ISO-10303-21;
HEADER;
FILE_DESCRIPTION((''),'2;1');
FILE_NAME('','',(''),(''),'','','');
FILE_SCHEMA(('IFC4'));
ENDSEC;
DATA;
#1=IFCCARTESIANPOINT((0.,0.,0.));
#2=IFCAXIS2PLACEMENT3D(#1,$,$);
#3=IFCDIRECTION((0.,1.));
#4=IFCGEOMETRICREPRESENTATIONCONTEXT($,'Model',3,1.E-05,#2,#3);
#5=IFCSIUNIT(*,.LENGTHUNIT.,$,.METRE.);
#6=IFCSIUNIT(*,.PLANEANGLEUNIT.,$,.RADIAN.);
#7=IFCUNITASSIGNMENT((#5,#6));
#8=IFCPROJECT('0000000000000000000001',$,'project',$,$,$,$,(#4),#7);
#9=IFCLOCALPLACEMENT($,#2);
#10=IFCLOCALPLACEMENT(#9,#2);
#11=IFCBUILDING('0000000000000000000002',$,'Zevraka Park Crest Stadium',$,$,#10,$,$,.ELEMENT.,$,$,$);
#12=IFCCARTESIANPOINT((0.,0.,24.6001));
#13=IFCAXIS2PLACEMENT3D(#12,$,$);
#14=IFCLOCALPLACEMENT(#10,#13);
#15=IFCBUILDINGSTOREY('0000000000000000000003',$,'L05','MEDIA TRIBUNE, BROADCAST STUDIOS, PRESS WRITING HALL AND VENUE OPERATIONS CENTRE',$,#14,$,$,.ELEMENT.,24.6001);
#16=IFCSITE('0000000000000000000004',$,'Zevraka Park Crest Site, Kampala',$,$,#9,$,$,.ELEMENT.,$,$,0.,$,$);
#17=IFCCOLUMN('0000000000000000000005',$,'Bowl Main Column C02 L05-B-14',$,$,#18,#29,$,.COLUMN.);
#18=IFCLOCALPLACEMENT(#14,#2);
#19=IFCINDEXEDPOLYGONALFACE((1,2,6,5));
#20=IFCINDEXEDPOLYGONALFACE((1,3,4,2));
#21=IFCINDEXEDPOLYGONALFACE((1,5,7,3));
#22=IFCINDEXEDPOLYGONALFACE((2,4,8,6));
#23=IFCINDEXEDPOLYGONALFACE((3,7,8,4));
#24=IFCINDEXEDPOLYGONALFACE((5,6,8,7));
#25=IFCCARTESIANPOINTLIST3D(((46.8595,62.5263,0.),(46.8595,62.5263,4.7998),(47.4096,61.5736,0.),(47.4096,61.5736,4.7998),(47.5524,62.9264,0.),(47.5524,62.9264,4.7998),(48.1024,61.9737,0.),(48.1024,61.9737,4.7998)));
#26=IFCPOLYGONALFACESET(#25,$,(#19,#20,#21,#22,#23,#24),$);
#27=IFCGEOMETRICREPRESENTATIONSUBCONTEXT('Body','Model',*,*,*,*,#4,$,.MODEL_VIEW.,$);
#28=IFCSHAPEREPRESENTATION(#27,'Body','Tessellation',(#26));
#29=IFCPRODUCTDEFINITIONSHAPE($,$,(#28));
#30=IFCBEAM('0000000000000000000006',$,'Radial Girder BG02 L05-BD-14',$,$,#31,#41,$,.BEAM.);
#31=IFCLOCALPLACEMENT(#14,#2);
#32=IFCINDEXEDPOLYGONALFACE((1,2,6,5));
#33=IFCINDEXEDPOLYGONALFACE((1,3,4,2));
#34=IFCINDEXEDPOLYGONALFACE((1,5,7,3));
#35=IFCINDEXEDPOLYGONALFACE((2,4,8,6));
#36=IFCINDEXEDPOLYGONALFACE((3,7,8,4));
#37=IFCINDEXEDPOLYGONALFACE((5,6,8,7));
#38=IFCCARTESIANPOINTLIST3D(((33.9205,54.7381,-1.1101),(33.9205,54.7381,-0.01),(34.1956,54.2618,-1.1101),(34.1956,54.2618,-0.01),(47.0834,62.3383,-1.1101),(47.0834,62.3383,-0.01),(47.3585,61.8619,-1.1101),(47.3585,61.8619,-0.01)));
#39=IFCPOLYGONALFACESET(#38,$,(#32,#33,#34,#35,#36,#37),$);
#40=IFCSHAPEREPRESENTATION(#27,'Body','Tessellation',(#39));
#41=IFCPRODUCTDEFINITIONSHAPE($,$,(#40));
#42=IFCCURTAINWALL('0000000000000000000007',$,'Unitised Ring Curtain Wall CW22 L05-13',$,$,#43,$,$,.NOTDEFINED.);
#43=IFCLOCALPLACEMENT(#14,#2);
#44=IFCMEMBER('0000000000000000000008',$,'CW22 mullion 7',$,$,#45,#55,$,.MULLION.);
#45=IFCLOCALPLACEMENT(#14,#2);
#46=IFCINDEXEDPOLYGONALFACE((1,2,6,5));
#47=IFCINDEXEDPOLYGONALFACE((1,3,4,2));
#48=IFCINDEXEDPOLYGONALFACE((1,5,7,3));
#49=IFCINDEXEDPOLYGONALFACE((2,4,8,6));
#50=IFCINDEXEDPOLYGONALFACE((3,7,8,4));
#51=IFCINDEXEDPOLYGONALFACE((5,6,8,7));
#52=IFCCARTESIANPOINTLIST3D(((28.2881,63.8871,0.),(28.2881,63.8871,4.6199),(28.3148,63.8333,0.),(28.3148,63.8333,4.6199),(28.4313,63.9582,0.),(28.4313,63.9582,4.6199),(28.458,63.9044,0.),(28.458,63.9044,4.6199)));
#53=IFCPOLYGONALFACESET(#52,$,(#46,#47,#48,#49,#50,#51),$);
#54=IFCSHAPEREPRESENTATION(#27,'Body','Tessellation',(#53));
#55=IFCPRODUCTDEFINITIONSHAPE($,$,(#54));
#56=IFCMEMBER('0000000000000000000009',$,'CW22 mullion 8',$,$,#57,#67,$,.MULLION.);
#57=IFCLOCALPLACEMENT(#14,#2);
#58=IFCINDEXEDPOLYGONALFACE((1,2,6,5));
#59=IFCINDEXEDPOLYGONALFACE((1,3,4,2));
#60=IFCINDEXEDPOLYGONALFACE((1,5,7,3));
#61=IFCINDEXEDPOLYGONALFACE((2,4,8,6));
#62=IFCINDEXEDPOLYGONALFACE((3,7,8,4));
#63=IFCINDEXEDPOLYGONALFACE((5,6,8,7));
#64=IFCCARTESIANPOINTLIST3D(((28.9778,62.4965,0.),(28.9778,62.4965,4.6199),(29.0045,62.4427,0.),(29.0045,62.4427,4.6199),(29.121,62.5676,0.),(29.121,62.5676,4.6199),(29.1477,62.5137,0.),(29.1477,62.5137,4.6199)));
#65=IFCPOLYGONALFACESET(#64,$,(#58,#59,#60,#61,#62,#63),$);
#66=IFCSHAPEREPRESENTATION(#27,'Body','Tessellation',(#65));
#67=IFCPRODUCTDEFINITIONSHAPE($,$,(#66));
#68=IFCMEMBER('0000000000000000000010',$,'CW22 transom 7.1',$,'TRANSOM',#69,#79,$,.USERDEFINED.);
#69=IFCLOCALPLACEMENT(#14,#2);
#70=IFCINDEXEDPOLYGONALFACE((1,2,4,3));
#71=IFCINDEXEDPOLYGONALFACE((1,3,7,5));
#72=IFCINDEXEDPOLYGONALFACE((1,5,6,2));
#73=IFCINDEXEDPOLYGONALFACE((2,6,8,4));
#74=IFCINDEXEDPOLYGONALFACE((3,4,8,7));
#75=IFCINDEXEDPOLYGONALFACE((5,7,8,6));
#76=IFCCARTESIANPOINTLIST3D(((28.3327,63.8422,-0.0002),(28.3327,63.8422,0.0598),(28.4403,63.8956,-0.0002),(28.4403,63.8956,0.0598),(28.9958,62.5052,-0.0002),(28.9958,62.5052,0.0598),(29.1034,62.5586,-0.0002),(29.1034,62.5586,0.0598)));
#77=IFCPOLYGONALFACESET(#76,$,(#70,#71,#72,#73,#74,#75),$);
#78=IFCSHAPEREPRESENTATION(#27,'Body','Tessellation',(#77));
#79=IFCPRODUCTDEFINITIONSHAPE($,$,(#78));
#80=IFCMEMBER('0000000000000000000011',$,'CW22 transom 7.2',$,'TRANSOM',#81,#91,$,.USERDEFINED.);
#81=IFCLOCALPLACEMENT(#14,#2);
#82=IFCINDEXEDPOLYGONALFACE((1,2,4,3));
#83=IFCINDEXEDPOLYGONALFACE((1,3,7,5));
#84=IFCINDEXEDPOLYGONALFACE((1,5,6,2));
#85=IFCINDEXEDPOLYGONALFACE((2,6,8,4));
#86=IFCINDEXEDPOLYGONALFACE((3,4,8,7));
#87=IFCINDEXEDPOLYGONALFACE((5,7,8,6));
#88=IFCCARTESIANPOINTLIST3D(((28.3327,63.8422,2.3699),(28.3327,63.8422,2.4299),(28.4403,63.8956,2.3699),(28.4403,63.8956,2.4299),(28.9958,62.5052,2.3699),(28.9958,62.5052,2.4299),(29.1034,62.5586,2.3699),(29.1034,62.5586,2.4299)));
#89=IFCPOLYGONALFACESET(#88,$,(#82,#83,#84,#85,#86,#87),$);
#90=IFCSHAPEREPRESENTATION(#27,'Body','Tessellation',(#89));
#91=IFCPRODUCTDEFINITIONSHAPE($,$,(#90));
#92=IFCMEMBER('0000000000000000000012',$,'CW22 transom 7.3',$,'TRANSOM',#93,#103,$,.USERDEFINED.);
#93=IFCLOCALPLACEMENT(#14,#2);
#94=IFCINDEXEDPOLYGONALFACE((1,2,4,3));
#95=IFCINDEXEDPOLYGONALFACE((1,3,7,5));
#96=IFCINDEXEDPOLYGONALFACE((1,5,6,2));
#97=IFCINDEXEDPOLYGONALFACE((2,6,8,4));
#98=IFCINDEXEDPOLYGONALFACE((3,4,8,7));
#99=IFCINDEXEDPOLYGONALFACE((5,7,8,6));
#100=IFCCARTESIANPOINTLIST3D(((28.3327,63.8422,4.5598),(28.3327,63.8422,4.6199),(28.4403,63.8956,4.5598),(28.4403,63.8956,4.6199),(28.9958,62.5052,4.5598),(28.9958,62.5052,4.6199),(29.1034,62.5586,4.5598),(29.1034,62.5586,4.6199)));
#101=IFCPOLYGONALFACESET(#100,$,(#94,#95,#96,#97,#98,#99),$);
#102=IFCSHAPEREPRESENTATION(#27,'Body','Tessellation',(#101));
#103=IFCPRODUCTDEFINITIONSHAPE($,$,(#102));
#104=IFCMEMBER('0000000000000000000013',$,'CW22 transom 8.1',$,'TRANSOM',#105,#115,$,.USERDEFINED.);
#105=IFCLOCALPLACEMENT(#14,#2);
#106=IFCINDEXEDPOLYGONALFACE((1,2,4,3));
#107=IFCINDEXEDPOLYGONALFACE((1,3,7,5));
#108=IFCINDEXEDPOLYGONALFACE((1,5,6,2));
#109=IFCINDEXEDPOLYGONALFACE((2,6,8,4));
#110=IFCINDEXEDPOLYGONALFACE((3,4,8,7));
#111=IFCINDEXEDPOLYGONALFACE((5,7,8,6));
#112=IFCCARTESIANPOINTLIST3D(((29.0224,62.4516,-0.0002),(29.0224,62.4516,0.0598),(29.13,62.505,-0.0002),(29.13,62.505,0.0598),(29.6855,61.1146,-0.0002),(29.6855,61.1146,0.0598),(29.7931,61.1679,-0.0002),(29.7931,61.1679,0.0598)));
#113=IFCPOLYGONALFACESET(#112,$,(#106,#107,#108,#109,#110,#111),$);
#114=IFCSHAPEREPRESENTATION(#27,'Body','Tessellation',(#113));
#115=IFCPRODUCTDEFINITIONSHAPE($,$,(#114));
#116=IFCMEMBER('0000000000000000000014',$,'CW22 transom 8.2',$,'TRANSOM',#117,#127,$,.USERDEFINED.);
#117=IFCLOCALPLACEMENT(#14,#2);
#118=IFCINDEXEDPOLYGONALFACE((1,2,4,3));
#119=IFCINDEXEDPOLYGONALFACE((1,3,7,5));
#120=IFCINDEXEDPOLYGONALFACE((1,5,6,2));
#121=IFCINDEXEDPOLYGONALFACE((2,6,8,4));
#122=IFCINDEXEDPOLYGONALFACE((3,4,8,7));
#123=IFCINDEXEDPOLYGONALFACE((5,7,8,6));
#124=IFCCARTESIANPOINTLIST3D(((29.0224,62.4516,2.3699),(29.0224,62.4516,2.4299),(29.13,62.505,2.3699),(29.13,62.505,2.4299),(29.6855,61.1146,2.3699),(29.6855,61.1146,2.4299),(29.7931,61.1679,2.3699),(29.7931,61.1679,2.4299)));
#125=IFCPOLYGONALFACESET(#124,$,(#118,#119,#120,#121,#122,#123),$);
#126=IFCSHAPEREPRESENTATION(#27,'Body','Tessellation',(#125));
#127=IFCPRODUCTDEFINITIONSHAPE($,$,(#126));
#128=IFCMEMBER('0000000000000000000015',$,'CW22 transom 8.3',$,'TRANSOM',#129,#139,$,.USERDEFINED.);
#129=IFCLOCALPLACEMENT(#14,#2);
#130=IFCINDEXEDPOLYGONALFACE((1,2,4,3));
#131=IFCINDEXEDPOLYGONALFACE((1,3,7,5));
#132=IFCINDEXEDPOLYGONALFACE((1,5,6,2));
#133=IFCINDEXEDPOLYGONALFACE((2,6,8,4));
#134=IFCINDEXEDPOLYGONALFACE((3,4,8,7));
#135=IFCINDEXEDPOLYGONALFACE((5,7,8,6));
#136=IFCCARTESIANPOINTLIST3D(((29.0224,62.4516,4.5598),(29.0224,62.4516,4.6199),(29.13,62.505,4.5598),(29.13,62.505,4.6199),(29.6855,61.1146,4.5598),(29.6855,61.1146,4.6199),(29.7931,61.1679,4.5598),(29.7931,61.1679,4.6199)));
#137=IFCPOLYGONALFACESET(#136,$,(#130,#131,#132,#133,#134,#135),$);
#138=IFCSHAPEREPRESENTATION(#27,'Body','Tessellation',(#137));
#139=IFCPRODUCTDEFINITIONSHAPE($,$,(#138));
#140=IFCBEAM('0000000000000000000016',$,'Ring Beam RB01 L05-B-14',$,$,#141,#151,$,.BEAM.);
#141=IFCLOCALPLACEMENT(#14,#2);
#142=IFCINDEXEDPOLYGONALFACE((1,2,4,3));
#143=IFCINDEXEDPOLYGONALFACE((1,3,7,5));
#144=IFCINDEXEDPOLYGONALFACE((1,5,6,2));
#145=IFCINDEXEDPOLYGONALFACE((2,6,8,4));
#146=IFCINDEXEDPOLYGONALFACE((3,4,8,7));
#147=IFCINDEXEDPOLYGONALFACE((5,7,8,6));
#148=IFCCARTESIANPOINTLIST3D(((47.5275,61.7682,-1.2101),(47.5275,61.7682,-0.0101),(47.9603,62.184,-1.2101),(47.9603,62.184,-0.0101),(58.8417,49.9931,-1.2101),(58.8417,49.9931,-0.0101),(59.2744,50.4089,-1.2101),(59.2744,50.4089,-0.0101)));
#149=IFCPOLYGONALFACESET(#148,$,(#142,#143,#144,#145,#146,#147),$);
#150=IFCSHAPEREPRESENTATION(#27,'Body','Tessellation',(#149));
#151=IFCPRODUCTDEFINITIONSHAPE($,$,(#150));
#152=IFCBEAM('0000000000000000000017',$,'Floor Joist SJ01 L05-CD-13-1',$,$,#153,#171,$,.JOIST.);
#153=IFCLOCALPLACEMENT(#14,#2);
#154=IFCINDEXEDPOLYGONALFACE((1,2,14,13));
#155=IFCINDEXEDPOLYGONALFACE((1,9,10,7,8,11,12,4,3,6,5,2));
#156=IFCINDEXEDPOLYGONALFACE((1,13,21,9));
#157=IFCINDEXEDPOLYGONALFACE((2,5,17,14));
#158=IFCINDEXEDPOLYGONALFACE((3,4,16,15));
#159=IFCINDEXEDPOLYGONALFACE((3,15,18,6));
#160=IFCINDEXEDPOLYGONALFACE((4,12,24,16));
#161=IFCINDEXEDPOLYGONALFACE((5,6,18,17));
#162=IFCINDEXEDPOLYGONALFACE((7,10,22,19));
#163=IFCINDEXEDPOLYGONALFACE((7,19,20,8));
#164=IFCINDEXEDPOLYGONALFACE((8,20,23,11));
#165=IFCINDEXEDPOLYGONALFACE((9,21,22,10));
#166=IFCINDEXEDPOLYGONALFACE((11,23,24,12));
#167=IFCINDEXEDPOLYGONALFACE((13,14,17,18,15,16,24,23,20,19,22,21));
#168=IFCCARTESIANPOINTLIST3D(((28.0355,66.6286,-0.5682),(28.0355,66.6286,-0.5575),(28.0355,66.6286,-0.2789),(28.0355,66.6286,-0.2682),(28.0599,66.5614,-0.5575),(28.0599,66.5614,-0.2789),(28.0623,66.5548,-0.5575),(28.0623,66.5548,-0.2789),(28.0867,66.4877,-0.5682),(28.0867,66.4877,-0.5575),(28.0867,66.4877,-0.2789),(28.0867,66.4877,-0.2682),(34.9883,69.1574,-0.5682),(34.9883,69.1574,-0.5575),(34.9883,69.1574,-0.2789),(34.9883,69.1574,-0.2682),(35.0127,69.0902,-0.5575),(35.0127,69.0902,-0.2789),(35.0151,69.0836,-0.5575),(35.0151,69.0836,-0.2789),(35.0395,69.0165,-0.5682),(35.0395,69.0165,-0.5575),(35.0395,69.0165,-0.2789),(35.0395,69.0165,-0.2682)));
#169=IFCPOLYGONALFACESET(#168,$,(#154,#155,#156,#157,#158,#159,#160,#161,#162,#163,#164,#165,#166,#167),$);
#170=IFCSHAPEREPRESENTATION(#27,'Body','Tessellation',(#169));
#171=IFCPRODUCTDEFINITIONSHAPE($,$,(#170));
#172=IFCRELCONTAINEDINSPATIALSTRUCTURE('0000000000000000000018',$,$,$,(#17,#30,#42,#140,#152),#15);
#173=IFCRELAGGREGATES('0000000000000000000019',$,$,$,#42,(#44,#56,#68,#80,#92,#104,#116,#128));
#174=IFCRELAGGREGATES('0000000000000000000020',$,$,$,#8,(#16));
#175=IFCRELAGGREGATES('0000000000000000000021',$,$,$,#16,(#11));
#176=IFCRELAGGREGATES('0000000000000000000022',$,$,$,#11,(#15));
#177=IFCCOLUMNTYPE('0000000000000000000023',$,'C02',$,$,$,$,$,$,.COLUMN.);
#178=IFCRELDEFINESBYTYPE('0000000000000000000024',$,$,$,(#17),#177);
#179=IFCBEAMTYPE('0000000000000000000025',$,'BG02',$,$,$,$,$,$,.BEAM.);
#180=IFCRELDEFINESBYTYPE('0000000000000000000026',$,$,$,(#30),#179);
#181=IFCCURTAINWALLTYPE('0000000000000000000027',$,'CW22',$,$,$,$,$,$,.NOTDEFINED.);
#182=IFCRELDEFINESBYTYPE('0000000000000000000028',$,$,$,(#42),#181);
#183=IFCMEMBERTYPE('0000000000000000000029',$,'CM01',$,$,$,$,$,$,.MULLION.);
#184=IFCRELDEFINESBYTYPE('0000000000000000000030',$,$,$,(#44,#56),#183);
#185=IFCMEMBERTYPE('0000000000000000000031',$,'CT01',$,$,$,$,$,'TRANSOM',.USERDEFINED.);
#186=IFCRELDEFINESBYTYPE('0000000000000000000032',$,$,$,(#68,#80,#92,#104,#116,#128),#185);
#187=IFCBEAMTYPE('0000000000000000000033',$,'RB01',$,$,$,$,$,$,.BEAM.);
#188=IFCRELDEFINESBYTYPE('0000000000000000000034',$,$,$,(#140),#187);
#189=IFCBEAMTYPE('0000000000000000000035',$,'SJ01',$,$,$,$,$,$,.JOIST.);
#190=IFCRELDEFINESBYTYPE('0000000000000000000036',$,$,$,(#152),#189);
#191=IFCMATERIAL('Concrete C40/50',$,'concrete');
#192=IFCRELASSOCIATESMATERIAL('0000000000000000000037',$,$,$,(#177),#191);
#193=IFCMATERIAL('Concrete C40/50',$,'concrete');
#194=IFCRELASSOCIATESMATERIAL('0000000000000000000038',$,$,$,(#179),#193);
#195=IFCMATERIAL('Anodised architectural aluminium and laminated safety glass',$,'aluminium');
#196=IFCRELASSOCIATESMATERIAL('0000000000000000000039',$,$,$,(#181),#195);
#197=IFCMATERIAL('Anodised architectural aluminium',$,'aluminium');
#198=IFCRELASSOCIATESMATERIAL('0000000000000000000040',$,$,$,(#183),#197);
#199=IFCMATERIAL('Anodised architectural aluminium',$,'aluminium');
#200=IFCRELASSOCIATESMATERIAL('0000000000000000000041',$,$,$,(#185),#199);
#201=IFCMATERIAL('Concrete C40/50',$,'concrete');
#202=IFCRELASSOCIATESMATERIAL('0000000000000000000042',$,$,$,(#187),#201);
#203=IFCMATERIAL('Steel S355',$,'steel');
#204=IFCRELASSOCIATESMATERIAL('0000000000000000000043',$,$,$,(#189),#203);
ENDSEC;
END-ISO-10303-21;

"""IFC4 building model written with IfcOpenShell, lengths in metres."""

from ifc_helpers import new_model, si_unit, direction, frame, origin, origin_2d, place, context, subcontext, project, spatial, rectangle, i_section, extrude, material, material_profile, profile_set, type_object, element, aggregate, save


model = new_model("IFC4")

# Units and contexts
model_context = context("Model", 3, precision=1e-05, world=origin(), true_north=direction((0.0, 1.0)))
body_context = subcontext(model_context, "Body", "Model", "MODEL_VIEW")
ifc_project = project(units=[si_unit("LENGTHUNIT", "METRE"), si_unit("PLANEANGLEUNIT", "RADIAN")], contexts=[model_context])

# Site, building, storey
site_placement = place(None, origin())
site = spatial("IfcSite", under=ifc_project, at=site_placement, Name="Zevraka Park Crest Site, Kampala", CompositionType="ELEMENT", RefElevation=0.0)
building_placement = place(site_placement, origin())
building = spatial("IfcBuilding", under=site, at=building_placement, Name="Zevraka Park Crest Stadium", CompositionType="ELEMENT")
storey_placement = place(building_placement, frame((0.0, 0.0, 24.6001)))
storey = spatial("IfcBuildingStorey", under=building, at=storey_placement, Name="L05", Description="MEDIA TRIBUNE, BROADCAST STUDIOS, PRESS WRITING HALL AND VENUE OPERATIONS CENTRE", CompositionType="ELEMENT", Elevation=24.6001)

# Column
ifc_material_1 = material(Name="Concrete C40/50", Category="concrete")
ifc_material_profile_1 = material_profile(ifc_material_1, rectangle(XDim=0.8, YDim=1.1001, at=origin_2d()), Name="RC 1100x800")
ifc_profile_set_1 = profile_set([ifc_material_profile_1], Name="Concrete C40/50")
column_type = type_object("IfcColumnType", Name="C02", PredefinedType="COLUMN", material=ifc_profile_set_1)
column_placement = place(storey_placement, frame((47.481, 62.25, 0.0), z_axis=(0.0, 0.0, 1.0), x_axis=(0.866025, 0.5, 0.0)))
element("IfcColumn", 1, at=column_placement, inside=storey, type_object=column_type, Name="Bowl Main Column C02 L05-B-14", PredefinedType="COLUMN", context=body_context, shape_type="SweptSolid", body=[
    extrude(rectangle(XDim=0.8, YDim=1.1001, at=origin_2d()), origin(), (0.0, 0.0, 1.0), 4.7998),
])

# Beam
ifc_material_2 = material(Name="Concrete C40/50", Category="concrete")
ifc_material_profile_2 = material_profile(ifc_material_2, rectangle(XDim=0.55, YDim=1.1001, at=origin_2d()), Name="RC 1100x550")
ifc_profile_set_2 = profile_set([ifc_material_profile_2], Name="Concrete C40/50")
beam_type_1 = type_object("IfcBeamType", Name="BG02", PredefinedType="BEAM", material=ifc_profile_set_2)
beam_1_placement = place(storey_placement, frame((47.2209, 62.1001, -0.5601), z_axis=(-0.86601, -0.500026, 0.0), x_axis=(0.500026, -0.86601, 0.0)))
element("IfcBeam", 2, at=beam_1_placement, inside=storey, type_object=beam_type_1, Name="Radial Girder BG02 L05-BD-14", PredefinedType="BEAM", context=body_context, shape_type="SweptSolid", body=[
    extrude(rectangle(XDim=0.55, YDim=1.1001, at=origin_2d()), origin(), (0.0, 0.0, 1.0), 15.1995),
])

# Curtain wall, members
ifc_material_3 = material(Name="Anodised architectural aluminium and laminated safety glass", Category="aluminium")
curtain_wall_type = type_object("IfcCurtainWallType", Name="CW22", PredefinedType="NOTDEFINED", material=ifc_material_3)
curtain_wall_placement = place(storey_placement, origin())
curtain_wall = element("IfcCurtainWall", 3, at=curtain_wall_placement, inside=storey, type_object=curtain_wall_type, Name="Unitised Ring Curtain Wall CW22 L05-13", PredefinedType="NOTDEFINED")
ifc_material_4 = material(Name="Anodised architectural aluminium", Category="aluminium")
ifc_material_profile_3 = material_profile(ifc_material_4, rectangle(XDim=0.1599, YDim=0.0601, at=origin_2d()), Name="ALU MULLION 160x60")
ifc_profile_set_3 = profile_set([ifc_material_profile_3], Name="Anodised architectural aluminium")
member_type_1 = type_object("IfcMemberType", Name="CM01", PredefinedType="MULLION", material=ifc_profile_set_3)
member_1_placement = place(storey_placement, frame((28.373, 63.8958, 0.0), z_axis=(0.0, 0.0, 1.0), x_axis=(0.895879, 0.444297, 0.0)))
member_1 = element("IfcMember", 4, at=member_1_placement, type_object=member_type_1, Name="CW22 mullion 7", PredefinedType="MULLION", context=body_context, shape_type="SweptSolid", body=[
    extrude(rectangle(XDim=0.1599, YDim=0.0601, at=origin_2d()), origin(), (0.0, 0.0, 1.0), 4.6199),
])
member_2_placement = place(storey_placement, frame((29.0627, 62.5051, 0.0), z_axis=(0.0, 0.0, 1.0), x_axis=(0.895879, 0.444297, 0.0)))
member_2 = element("IfcMember", 5, at=member_2_placement, type_object=member_type_1, Name="CW22 mullion 8", PredefinedType="MULLION", context=body_context, shape_type="SweptSolid", body=[
    extrude(rectangle(XDim=0.1599, YDim=0.0601, at=origin_2d()), origin(), (0.0, 0.0, 1.0), 4.6199),
])
ifc_material_5 = material(Name="Anodised architectural aluminium", Category="aluminium")
ifc_material_profile_4 = material_profile(ifc_material_5, rectangle(XDim=0.1201, YDim=0.0601, at=origin_2d()), Name="ALU TRANSOM 120x60")
ifc_profile_set_4 = profile_set([ifc_material_profile_4], Name="Anodised architectural aluminium")
member_type_2 = type_object("IfcMemberType", Name="CT01", ElementType="TRANSOM", PredefinedType="USERDEFINED", material=ifc_profile_set_4)
member_3_placement = place(storey_placement, frame((28.3865, 63.8689, 0.0298), z_axis=(0.444332, -0.895862, 0.0), x_axis=(0.895862, 0.444332, 0.0)))
member_3 = element("IfcMember", 6, at=member_3_placement, type_object=member_type_2, Name="CW22 transom 7.1", ObjectType="TRANSOM", PredefinedType="USERDEFINED", context=body_context, shape_type="SweptSolid", body=[
    extrude(rectangle(XDim=0.1201, YDim=0.0601, at=origin_2d()), origin(), (0.0, 0.0, 1.0), 1.4924),
])
member_4_placement = place(storey_placement, frame((28.3865, 63.8689, 2.3999), z_axis=(0.444332, -0.895862, 0.0), x_axis=(0.895862, 0.444332, 0.0)))
member_4 = element("IfcMember", 7, at=member_4_placement, type_object=member_type_2, Name="CW22 transom 7.2", ObjectType="TRANSOM", PredefinedType="USERDEFINED", context=body_context, shape_type="SweptSolid", body=[
    extrude(rectangle(XDim=0.1201, YDim=0.0601, at=origin_2d()), origin(), (0.0, 0.0, 1.0), 1.4924),
])
member_5_placement = place(storey_placement, frame((28.3865, 63.8689, 4.5898), z_axis=(0.444332, -0.895862, 0.0), x_axis=(0.895862, 0.444332, 0.0)))
member_5 = element("IfcMember", 8, at=member_5_placement, type_object=member_type_2, Name="CW22 transom 7.3", ObjectType="TRANSOM", PredefinedType="USERDEFINED", context=body_context, shape_type="SweptSolid", body=[
    extrude(rectangle(XDim=0.1201, YDim=0.0601, at=origin_2d()), origin(), (0.0, 0.0, 1.0), 1.4924),
])
member_6_placement = place(storey_placement, frame((29.0762, 62.4783, 0.0298), z_axis=(0.444332, -0.895862, 0.0), x_axis=(0.895862, 0.444332, 0.0)))
member_6 = element("IfcMember", 9, at=member_6_placement, type_object=member_type_2, Name="CW22 transom 8.1", ObjectType="TRANSOM", PredefinedType="USERDEFINED", context=body_context, shape_type="SweptSolid", body=[
    extrude(rectangle(XDim=0.1201, YDim=0.0601, at=origin_2d()), origin(), (0.0, 0.0, 1.0), 1.4924),
])
member_7_placement = place(storey_placement, frame((29.0762, 62.4783, 2.3999), z_axis=(0.444332, -0.895862, 0.0), x_axis=(0.895862, 0.444332, 0.0)))
member_7 = element("IfcMember", 10, at=member_7_placement, type_object=member_type_2, Name="CW22 transom 8.2", ObjectType="TRANSOM", PredefinedType="USERDEFINED", context=body_context, shape_type="SweptSolid", body=[
    extrude(rectangle(XDim=0.1201, YDim=0.0601, at=origin_2d()), origin(), (0.0, 0.0, 1.0), 1.4924),
])
member_8_placement = place(storey_placement, frame((29.0762, 62.4783, 4.5898), z_axis=(0.444332, -0.895862, 0.0), x_axis=(0.895862, 0.444332, 0.0)))
member_8 = element("IfcMember", 11, at=member_8_placement, type_object=member_type_2, Name="CW22 transom 8.3", ObjectType="TRANSOM", PredefinedType="USERDEFINED", context=body_context, shape_type="SweptSolid", body=[
    extrude(rectangle(XDim=0.1201, YDim=0.0601, at=origin_2d()), origin(), (0.0, 0.0, 1.0), 1.4924),
])

# Beams
ifc_material_6 = material(Name="Concrete C40/50", Category="concrete")
ifc_material_profile_5 = material_profile(ifc_material_6, rectangle(XDim=0.6001, YDim=1.2, at=origin_2d()), Name="RC 1200x600")
ifc_profile_set_5 = profile_set([ifc_material_profile_5], Name="Concrete C40/50")
beam_type_2 = type_object("IfcBeamType", Name="RB01", PredefinedType="BEAM", material=ifc_profile_set_5)
beam_2_placement = place(storey_placement, frame((47.7439, 61.9761, -0.6101), z_axis=(0.692853, -0.721079, 0.0), x_axis=(0.721079, 0.692853, 0.0)))
element("IfcBeam", 12, at=beam_2_placement, inside=storey, type_object=beam_type_2, Name="Ring Beam RB01 L05-B-14", PredefinedType="BEAM", context=body_context, shape_type="SweptSolid", body=[
    extrude(rectangle(XDim=0.6001, YDim=1.2, at=origin_2d()), origin(), (0.0, 0.0, 1.0), 16.3298),
])
ifc_material_7 = material(Name="Steel S355", Category="steel")
ifc_material_profile_6 = material_profile(ifc_material_7, i_section(OverallWidth=0.1499, OverallDepth=0.3, WebThickness=0.0071, FlangeThickness=0.0107, at=origin_2d()), Name="IPE 300")
ifc_profile_set_6 = profile_set([ifc_material_profile_6], Name="Steel S355")
beam_type_3 = type_object("IfcBeamType", Name="SJ01", PredefinedType="JOIST", material=ifc_profile_set_6)
beam_3_placement = place(storey_placement, frame((35.0139, 69.0869, -0.4182), z_axis=(-0.939772, -0.341801, 0.0), x_axis=(0.341801, -0.939772, 0.0)))
element("IfcBeam", 13, at=beam_3_placement, inside=storey, type_object=beam_type_3, Name="Floor Joist SJ01 L05-CD-13-1", PredefinedType="JOIST", context=body_context, shape_type="SweptSolid", body=[
    extrude(i_section(OverallWidth=0.1499, OverallDepth=0.3, WebThickness=0.0071, FlangeThickness=0.0107, at=origin_2d()), origin(), (0.0, 0.0, 1.0), 7.3984),
])

aggregate(curtain_wall, [member_1, member_2, member_3, member_4, member_5, member_6, member_7, member_8])

save(model, "model.ifc")
